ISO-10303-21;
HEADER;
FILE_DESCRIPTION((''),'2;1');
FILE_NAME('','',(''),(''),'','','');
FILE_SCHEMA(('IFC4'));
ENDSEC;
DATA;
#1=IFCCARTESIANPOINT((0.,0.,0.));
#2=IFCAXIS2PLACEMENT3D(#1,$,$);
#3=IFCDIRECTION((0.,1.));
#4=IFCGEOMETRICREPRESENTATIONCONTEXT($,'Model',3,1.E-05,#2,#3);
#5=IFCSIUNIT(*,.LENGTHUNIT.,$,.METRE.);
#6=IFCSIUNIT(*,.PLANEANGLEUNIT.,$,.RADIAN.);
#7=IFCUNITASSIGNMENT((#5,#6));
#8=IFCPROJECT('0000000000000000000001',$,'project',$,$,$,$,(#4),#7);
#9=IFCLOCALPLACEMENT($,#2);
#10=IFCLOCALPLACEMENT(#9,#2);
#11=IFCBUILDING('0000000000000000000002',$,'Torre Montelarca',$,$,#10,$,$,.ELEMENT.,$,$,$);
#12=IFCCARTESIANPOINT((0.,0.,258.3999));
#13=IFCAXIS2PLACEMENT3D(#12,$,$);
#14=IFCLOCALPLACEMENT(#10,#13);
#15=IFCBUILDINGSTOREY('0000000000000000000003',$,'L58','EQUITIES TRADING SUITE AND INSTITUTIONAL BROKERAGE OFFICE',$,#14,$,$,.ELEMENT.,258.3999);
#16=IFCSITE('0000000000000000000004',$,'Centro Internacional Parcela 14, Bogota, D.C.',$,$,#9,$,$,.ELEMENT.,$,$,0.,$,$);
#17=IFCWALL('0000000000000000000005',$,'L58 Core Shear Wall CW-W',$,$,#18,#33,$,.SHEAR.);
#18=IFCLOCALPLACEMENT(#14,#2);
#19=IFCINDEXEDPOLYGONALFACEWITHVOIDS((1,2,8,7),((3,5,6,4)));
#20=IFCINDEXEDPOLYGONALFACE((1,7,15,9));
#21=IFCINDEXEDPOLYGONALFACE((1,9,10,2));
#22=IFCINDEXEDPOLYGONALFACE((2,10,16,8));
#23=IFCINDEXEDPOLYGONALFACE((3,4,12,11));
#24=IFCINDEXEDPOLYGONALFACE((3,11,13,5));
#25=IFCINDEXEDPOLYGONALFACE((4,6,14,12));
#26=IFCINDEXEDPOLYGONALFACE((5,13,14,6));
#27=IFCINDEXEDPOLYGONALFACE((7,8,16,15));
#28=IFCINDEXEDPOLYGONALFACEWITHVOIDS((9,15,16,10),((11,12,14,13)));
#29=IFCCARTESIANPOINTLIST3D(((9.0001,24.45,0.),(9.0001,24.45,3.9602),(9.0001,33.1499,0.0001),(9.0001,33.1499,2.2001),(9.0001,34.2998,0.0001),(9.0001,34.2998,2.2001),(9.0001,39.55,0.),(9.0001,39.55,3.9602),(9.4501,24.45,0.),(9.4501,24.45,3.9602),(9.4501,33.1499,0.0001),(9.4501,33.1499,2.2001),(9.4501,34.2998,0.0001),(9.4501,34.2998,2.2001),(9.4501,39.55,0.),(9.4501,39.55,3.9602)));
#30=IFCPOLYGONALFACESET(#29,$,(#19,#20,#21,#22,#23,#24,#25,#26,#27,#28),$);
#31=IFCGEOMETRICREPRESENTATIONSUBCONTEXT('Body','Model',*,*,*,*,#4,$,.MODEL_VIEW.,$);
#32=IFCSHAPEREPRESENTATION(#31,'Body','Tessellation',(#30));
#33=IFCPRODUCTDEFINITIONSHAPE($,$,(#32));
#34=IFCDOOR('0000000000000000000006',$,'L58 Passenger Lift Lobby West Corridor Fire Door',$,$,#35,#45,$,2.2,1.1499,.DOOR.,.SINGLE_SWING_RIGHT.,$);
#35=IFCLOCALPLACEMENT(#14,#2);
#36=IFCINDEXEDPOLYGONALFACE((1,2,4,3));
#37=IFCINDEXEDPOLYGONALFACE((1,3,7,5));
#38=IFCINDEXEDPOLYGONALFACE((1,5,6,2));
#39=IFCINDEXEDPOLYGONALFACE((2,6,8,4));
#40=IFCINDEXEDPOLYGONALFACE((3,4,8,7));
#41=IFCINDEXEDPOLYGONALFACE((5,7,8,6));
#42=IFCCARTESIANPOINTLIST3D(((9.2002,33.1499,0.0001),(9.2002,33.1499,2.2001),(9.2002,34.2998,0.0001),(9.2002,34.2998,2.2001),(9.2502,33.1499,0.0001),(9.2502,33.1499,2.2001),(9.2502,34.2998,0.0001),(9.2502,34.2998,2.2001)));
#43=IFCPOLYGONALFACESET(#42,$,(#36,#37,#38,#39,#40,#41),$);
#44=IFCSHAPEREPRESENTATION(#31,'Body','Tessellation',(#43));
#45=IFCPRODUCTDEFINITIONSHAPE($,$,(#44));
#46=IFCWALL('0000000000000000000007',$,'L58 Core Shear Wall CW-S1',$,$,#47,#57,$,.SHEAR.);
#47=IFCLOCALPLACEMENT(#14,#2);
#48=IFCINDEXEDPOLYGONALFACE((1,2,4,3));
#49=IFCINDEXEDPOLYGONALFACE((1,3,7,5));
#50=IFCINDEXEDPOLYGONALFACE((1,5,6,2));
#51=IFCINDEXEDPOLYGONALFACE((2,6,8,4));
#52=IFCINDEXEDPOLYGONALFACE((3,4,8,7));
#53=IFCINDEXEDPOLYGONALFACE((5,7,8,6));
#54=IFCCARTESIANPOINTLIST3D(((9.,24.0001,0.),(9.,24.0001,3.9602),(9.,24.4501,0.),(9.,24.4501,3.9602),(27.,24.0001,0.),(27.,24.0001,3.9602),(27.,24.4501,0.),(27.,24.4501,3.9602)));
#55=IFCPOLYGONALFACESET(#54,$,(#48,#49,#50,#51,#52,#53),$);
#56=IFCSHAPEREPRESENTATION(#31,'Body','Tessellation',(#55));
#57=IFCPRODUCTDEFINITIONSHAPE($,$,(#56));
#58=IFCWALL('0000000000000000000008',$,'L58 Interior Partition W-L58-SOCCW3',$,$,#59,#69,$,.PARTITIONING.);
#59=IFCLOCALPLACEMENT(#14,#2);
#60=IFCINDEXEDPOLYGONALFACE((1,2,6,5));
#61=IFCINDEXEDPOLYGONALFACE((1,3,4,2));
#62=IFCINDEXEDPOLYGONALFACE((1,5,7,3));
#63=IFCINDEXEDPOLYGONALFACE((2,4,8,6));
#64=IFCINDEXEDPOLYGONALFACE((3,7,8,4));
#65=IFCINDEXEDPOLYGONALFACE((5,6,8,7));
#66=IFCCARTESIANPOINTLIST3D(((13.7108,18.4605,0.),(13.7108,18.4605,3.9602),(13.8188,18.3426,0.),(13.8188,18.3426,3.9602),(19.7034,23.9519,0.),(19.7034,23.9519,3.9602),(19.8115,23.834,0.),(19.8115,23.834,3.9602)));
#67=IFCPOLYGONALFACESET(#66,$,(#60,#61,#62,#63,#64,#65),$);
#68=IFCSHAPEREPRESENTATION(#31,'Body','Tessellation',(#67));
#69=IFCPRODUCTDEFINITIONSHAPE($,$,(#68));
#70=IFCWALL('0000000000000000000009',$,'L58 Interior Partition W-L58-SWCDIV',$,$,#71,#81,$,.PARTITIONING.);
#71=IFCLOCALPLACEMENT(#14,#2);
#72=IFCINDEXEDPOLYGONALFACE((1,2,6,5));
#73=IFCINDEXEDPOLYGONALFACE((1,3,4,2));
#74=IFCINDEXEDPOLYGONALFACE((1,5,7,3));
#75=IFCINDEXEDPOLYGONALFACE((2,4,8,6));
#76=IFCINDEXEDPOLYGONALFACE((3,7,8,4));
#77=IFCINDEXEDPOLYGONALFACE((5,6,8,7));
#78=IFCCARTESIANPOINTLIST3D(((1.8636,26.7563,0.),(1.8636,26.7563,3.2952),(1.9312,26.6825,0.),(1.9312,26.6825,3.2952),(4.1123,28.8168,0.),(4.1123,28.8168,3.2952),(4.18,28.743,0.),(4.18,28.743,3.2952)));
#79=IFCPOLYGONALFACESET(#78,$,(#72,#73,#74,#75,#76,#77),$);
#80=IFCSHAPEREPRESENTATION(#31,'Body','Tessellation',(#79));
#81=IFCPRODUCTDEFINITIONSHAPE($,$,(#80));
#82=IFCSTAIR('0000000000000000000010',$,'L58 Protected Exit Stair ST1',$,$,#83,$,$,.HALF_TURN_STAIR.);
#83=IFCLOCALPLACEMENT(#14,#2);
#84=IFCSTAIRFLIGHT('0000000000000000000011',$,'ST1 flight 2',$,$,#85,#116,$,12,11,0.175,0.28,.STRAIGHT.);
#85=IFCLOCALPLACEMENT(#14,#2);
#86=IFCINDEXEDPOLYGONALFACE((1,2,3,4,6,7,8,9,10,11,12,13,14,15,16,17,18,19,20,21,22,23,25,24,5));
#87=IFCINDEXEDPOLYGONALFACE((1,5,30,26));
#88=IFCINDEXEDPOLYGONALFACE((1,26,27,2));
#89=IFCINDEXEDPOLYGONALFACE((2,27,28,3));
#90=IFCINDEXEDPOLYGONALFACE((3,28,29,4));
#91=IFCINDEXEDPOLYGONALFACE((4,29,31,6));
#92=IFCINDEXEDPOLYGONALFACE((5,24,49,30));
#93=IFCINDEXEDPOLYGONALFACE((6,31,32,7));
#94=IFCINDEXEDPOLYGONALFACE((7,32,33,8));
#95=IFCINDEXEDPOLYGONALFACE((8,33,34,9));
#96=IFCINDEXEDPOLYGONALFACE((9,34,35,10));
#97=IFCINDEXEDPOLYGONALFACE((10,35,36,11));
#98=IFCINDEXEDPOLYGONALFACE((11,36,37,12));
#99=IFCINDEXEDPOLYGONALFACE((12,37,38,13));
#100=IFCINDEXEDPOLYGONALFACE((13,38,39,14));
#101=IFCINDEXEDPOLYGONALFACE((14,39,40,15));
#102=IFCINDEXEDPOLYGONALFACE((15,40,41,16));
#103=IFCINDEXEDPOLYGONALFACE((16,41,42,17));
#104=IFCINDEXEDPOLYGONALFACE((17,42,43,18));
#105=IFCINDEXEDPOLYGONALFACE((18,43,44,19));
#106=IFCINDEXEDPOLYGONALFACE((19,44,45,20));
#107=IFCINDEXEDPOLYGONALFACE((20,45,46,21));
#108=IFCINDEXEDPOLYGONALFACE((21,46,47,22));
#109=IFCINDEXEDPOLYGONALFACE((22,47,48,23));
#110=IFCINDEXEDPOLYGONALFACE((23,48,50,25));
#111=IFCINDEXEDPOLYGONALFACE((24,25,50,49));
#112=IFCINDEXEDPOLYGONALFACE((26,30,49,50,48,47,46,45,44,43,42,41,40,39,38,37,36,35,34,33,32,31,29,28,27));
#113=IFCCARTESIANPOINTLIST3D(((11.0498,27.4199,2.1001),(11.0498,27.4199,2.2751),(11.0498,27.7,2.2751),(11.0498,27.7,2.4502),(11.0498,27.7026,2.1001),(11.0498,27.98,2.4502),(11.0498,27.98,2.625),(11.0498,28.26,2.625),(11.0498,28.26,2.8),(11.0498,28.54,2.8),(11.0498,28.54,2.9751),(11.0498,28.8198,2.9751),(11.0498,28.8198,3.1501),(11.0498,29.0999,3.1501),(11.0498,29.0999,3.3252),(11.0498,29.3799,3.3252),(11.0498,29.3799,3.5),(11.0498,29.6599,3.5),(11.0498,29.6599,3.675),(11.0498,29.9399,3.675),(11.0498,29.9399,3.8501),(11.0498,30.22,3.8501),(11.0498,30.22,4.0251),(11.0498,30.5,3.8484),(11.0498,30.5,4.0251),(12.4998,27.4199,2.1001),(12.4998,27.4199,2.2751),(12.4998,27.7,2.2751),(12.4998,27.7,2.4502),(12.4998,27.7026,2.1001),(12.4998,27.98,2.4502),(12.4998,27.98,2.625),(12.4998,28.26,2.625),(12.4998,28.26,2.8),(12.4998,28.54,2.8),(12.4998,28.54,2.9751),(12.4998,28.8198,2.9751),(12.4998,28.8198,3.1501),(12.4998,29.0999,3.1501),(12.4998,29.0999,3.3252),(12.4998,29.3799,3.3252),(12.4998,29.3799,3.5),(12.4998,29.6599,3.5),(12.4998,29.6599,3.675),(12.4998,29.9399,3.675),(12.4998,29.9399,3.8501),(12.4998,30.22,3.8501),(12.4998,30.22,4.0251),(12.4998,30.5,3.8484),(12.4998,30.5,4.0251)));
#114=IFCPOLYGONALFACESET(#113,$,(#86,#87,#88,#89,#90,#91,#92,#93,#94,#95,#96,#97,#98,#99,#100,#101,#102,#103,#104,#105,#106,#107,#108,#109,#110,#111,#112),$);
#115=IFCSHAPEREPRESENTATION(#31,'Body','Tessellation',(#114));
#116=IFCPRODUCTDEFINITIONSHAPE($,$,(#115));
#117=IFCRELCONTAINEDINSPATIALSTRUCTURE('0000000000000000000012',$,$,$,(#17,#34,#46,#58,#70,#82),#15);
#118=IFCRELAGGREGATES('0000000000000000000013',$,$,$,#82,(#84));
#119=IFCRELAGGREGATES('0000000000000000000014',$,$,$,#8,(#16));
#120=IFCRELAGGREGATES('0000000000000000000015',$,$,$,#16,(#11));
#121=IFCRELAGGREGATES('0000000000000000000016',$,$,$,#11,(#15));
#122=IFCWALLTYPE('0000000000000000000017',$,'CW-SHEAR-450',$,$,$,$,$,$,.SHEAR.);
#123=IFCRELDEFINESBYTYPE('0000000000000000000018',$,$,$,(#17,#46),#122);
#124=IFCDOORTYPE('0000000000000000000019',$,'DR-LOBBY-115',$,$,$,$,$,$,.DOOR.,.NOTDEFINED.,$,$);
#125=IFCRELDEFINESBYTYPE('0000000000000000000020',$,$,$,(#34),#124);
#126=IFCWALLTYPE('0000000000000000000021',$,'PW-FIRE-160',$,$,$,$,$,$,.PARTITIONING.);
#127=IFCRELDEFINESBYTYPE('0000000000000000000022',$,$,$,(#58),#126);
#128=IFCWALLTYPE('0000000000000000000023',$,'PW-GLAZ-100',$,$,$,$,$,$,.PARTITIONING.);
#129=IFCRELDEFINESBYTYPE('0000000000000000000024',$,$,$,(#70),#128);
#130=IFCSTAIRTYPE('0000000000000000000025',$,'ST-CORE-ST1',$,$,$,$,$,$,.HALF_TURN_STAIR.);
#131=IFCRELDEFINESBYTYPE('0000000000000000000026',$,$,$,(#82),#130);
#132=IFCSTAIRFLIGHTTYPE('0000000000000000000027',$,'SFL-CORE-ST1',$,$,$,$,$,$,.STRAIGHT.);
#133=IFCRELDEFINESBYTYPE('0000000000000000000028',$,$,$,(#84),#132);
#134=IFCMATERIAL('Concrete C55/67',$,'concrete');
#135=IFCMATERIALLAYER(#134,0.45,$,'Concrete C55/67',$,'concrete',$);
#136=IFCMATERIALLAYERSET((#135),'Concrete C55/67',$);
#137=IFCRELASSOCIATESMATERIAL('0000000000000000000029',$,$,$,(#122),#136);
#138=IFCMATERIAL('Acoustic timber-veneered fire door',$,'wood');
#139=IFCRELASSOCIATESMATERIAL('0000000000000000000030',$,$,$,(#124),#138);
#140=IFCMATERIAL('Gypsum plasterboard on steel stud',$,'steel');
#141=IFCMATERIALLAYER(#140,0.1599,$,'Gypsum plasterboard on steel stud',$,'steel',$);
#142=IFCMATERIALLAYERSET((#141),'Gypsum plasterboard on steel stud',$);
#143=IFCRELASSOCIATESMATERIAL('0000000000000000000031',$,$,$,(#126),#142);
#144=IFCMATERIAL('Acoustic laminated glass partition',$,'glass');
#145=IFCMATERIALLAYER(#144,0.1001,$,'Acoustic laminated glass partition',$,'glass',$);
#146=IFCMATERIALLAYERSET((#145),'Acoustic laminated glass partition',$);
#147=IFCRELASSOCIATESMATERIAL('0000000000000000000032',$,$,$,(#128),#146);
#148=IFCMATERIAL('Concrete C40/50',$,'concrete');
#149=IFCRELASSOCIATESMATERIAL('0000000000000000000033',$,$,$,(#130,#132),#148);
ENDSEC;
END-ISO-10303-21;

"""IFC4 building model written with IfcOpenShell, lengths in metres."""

from ifc_helpers import new_model, si_unit, direction, frame, frame_2d, origin, place, context, subcontext, project, spatial, polyline, rectangle, outline, extrude, source, transform, mapped, material, layer, layer_set, type_object, element, fill, aggregate, save


model = new_model("IFC4")

# Units and contexts
model_context = context("Model", 3, precision=1e-05, world=origin(), true_north=direction((0.0, 1.0)))
body_context = subcontext(model_context, "Body", "Model", "MODEL_VIEW")
ifc_project = project(units=[si_unit("LENGTHUNIT", "METRE"), si_unit("PLANEANGLEUNIT", "RADIAN")], contexts=[model_context])

# Site, building, storey
site_placement = place(None, origin())
site = spatial("IfcSite", under=ifc_project, at=site_placement, Name="Centro Internacional Parcela 14, Bogota, D.C.", CompositionType="ELEMENT", RefElevation=0.0)
building_placement = place(site_placement, origin())
building = spatial("IfcBuilding", under=site, at=building_placement, Name="Torre Montelarca", CompositionType="ELEMENT")
storey_placement = place(building_placement, frame((0.0, 0.0, 258.3999)))
storey = spatial("IfcBuildingStorey", under=building, at=storey_placement, Name="L58", Description="EQUITIES TRADING SUITE AND INSTITUTIONAL BROKERAGE OFFICE", CompositionType="ELEMENT", Elevation=258.3999)

# Shared definitions
ifc_material_1 = material(Name="Concrete C55/67", Category="concrete")

# Shared definitions
ifc_material_2 = material(Name="Concrete C40/50", Category="concrete")

# Wall, opening, door
ifc_layer_1 = layer(ifc_material_1, 0.45, Name="Concrete C55/67", Category="concrete")
ifc_layer_set_1 = layer_set([ifc_layer_1], Name="Concrete C55/67")
wall_type_1 = type_object("IfcWallType", Name="CW-SHEAR-450", PredefinedType="SHEAR", material=ifc_layer_set_1)
wall_1_placement = place(storey_placement, frame((9.2251, 24.45, 0.0), z_axis=(0.0, 0.0, 1.0), x_axis=(0.0, 1.0, 0.0)))
wall_1 = element("IfcWall", 1, at=wall_1_placement, inside=storey, type_object=wall_type_1, Name="L58 Core Shear Wall CW-W", PredefinedType="SHEAR", context=body_context, shape_type="SweptSolid", body=[
    extrude(rectangle(XDim=15.1001, YDim=0.45, at=frame_2d((7.55, 0.0))), origin(), (0.0, 0.0, 1.0), 3.9602),
])
opening_1_placement = place(wall_1_placement, frame((8.7, 0.0, 0.0)))
opening_1 = element("IfcOpeningElement", 2, at=opening_1_placement, cuts=wall_1, PredefinedType="OPENING", context=body_context, shape_type="SweptSolid", body=[
    extrude(rectangle(XDim=1.1499, YDim=2.2, at=frame_2d((0.575, 1.1001))), frame((0.0, 0.2349, 0.0), z_axis=(0.0, -1.0, 0.0), x_axis=(1.0, 0.0, 0.0)), (0.0, 0.0, 1.0), 0.47),
])
ifc_material_3 = material(Name="Acoustic timber-veneered fire door", Category="wood")
door_type_1 = type_object("IfcDoorType", Name="DR-LOBBY-115", OperationType="NOTDEFINED", PredefinedType="DOOR", material=ifc_material_3)
shared_shape_1 = source(origin(), body_context, "Body", "SweptSolid", [
    extrude(rectangle(XDim=1.1499, YDim=2.2, at=frame_2d((0.575, 1.1001))), frame((0.0, 0.0249, 0.0), z_axis=(0.0, -1.0, 0.0), x_axis=(1.0, 0.0, 0.0)), (0.0, 0.0, 1.0), 0.05),
])
door_1_placement = place(opening_1_placement, origin())
door_1 = element("IfcDoor", 3, at=door_1_placement, inside=storey, type_object=door_type_1, Name="L58 Passenger Lift Lobby West Corridor Fire Door", OperationType="SINGLE_SWING_RIGHT", OverallHeight=2.2, OverallWidth=1.1499, PredefinedType="DOOR", context=body_context, shape_type="MappedRepresentation", body=[
    mapped(shared_shape_1, transform((0.0, 0.0, 0.0), scale=1.0)),
])
fill(opening_1, door_1)

# Walls
wall_2_placement = place(storey_placement, frame((9.0, 24.2251, 0.0), z_axis=(0.0, 0.0, 1.0), x_axis=(1.0, 0.0, 0.0)))
element("IfcWall", 4, at=wall_2_placement, inside=storey, type_object=wall_type_1, Name="L58 Core Shear Wall CW-S1", PredefinedType="SHEAR", context=body_context, shape_type="SweptSolid", body=[
    extrude(rectangle(XDim=18.0, YDim=0.45, at=frame_2d((9.0, 0.0))), origin(), (0.0, 0.0, 1.0), 3.9602),
])
ifc_material_4 = material(Name="Gypsum plasterboard on steel stud", Category="steel")
ifc_layer_2 = layer(ifc_material_4, 0.1599, Name="Gypsum plasterboard on steel stud", Category="steel")
ifc_layer_set_2 = layer_set([ifc_layer_2], Name="Gypsum plasterboard on steel stud")
wall_type_2 = type_object("IfcWallType", Name="PW-FIRE-160", PredefinedType="PARTITIONING", material=ifc_layer_set_2)
wall_3_placement = place(storey_placement, frame((13.7649, 18.4016, 0.0), z_axis=(0.0, 0.0, 1.0), x_axis=(0.737266, 0.675602, 0.0)))
element("IfcWall", 5, at=wall_3_placement, inside=storey, type_object=wall_type_2, Name="L58 Interior Partition W-L58-SOCCW3", PredefinedType="PARTITIONING", context=body_context, shape_type="SweptSolid", body=[
    extrude(rectangle(XDim=8.1282, YDim=0.1599, at=frame_2d((4.064, 0.0))), origin(), (0.0, 0.0, 1.0), 3.9602),
])
ifc_material_5 = material(Name="Acoustic laminated glass partition", Category="glass")
ifc_layer_3 = layer(ifc_material_5, 0.1001, Name="Acoustic laminated glass partition", Category="glass")
ifc_layer_set_3 = layer_set([ifc_layer_3], Name="Acoustic laminated glass partition")
wall_type_3 = type_object("IfcWallType", Name="PW-GLAZ-100", PredefinedType="PARTITIONING", material=ifc_layer_set_3)
wall_4_placement = place(storey_placement, frame((1.8975, 26.7195, 0.0), z_axis=(0.0, 0.0, 1.0), x_axis=(0.73729, 0.675576, 0.0)))
element("IfcWall", 6, at=wall_4_placement, inside=storey, type_object=wall_type_3, Name="L58 Interior Partition W-L58-SWCDIV", PredefinedType="PARTITIONING", context=body_context, shape_type="SweptSolid", body=[
    extrude(rectangle(XDim=3.05, YDim=0.1001, at=frame_2d((1.5249, 0.0))), origin(), (0.0, 0.0, 1.0), 3.2952),
])

# Stair, stair flight
stair_type = type_object("IfcStairType", Name="ST-CORE-ST1", PredefinedType="HALF_TURN_STAIR", material=ifc_material_2)
stair_placement = place(storey_placement, origin())
stair = element("IfcStair", 7, at=stair_placement, inside=storey, type_object=stair_type, Name="L58 Protected Exit Stair ST1", PredefinedType="HALF_TURN_STAIR")
stair_flight_type = type_object("IfcStairFlightType", Name="SFL-CORE-ST1", PredefinedType="STRAIGHT", material=ifc_material_2)
stair_flight_placement = place(storey_placement, frame((11.7749, 27.4199, 2.1001), z_axis=(0.0, 0.0, 1.0), x_axis=(0.0, 1.0, 0.0)))
stair_flight = element("IfcStairFlight", 8, at=stair_flight_placement, type_object=stair_flight_type, Name="ST1 flight 2", NumberOfRisers=12, NumberOfTreads=11, PredefinedType="STRAIGHT", RiserHeight=0.175, TreadLength=0.28, context=body_context, shape_type="SweptSolid", body=[
    extrude(outline(polyline([(0.0, 0.0), (0.0, 0.175), (0.28, 0.175), (0.28, 0.3501), (0.5601, 0.3501), (0.5601, 0.5249), (0.8401, 0.5249), (0.8401, 0.7), (1.1201, 0.7), (1.1201, 0.875), (1.3999, 0.875), (1.3999, 1.05), (1.6799, 1.05), (1.6799, 1.2251), (1.96, 1.2251), (1.96, 1.3999), (2.24, 1.3999), (2.24, 1.575), (2.52, 1.575), (2.52, 1.75), (2.8, 1.75), (2.8, 1.925), (3.0801, 1.925), (3.0801, 2.1001), (3.0801, 1.7483), (0.2827, 0.0), (0.0, 0.0)])), frame((0.0, 0.7251, 0.0), z_axis=(0.0, -1.0, 0.0), x_axis=(1.0, 0.0, 0.0)), (0.0, 0.0, 1.0), 1.45),
])
aggregate(stair, [stair_flight])

save(model, "model.ifc")
